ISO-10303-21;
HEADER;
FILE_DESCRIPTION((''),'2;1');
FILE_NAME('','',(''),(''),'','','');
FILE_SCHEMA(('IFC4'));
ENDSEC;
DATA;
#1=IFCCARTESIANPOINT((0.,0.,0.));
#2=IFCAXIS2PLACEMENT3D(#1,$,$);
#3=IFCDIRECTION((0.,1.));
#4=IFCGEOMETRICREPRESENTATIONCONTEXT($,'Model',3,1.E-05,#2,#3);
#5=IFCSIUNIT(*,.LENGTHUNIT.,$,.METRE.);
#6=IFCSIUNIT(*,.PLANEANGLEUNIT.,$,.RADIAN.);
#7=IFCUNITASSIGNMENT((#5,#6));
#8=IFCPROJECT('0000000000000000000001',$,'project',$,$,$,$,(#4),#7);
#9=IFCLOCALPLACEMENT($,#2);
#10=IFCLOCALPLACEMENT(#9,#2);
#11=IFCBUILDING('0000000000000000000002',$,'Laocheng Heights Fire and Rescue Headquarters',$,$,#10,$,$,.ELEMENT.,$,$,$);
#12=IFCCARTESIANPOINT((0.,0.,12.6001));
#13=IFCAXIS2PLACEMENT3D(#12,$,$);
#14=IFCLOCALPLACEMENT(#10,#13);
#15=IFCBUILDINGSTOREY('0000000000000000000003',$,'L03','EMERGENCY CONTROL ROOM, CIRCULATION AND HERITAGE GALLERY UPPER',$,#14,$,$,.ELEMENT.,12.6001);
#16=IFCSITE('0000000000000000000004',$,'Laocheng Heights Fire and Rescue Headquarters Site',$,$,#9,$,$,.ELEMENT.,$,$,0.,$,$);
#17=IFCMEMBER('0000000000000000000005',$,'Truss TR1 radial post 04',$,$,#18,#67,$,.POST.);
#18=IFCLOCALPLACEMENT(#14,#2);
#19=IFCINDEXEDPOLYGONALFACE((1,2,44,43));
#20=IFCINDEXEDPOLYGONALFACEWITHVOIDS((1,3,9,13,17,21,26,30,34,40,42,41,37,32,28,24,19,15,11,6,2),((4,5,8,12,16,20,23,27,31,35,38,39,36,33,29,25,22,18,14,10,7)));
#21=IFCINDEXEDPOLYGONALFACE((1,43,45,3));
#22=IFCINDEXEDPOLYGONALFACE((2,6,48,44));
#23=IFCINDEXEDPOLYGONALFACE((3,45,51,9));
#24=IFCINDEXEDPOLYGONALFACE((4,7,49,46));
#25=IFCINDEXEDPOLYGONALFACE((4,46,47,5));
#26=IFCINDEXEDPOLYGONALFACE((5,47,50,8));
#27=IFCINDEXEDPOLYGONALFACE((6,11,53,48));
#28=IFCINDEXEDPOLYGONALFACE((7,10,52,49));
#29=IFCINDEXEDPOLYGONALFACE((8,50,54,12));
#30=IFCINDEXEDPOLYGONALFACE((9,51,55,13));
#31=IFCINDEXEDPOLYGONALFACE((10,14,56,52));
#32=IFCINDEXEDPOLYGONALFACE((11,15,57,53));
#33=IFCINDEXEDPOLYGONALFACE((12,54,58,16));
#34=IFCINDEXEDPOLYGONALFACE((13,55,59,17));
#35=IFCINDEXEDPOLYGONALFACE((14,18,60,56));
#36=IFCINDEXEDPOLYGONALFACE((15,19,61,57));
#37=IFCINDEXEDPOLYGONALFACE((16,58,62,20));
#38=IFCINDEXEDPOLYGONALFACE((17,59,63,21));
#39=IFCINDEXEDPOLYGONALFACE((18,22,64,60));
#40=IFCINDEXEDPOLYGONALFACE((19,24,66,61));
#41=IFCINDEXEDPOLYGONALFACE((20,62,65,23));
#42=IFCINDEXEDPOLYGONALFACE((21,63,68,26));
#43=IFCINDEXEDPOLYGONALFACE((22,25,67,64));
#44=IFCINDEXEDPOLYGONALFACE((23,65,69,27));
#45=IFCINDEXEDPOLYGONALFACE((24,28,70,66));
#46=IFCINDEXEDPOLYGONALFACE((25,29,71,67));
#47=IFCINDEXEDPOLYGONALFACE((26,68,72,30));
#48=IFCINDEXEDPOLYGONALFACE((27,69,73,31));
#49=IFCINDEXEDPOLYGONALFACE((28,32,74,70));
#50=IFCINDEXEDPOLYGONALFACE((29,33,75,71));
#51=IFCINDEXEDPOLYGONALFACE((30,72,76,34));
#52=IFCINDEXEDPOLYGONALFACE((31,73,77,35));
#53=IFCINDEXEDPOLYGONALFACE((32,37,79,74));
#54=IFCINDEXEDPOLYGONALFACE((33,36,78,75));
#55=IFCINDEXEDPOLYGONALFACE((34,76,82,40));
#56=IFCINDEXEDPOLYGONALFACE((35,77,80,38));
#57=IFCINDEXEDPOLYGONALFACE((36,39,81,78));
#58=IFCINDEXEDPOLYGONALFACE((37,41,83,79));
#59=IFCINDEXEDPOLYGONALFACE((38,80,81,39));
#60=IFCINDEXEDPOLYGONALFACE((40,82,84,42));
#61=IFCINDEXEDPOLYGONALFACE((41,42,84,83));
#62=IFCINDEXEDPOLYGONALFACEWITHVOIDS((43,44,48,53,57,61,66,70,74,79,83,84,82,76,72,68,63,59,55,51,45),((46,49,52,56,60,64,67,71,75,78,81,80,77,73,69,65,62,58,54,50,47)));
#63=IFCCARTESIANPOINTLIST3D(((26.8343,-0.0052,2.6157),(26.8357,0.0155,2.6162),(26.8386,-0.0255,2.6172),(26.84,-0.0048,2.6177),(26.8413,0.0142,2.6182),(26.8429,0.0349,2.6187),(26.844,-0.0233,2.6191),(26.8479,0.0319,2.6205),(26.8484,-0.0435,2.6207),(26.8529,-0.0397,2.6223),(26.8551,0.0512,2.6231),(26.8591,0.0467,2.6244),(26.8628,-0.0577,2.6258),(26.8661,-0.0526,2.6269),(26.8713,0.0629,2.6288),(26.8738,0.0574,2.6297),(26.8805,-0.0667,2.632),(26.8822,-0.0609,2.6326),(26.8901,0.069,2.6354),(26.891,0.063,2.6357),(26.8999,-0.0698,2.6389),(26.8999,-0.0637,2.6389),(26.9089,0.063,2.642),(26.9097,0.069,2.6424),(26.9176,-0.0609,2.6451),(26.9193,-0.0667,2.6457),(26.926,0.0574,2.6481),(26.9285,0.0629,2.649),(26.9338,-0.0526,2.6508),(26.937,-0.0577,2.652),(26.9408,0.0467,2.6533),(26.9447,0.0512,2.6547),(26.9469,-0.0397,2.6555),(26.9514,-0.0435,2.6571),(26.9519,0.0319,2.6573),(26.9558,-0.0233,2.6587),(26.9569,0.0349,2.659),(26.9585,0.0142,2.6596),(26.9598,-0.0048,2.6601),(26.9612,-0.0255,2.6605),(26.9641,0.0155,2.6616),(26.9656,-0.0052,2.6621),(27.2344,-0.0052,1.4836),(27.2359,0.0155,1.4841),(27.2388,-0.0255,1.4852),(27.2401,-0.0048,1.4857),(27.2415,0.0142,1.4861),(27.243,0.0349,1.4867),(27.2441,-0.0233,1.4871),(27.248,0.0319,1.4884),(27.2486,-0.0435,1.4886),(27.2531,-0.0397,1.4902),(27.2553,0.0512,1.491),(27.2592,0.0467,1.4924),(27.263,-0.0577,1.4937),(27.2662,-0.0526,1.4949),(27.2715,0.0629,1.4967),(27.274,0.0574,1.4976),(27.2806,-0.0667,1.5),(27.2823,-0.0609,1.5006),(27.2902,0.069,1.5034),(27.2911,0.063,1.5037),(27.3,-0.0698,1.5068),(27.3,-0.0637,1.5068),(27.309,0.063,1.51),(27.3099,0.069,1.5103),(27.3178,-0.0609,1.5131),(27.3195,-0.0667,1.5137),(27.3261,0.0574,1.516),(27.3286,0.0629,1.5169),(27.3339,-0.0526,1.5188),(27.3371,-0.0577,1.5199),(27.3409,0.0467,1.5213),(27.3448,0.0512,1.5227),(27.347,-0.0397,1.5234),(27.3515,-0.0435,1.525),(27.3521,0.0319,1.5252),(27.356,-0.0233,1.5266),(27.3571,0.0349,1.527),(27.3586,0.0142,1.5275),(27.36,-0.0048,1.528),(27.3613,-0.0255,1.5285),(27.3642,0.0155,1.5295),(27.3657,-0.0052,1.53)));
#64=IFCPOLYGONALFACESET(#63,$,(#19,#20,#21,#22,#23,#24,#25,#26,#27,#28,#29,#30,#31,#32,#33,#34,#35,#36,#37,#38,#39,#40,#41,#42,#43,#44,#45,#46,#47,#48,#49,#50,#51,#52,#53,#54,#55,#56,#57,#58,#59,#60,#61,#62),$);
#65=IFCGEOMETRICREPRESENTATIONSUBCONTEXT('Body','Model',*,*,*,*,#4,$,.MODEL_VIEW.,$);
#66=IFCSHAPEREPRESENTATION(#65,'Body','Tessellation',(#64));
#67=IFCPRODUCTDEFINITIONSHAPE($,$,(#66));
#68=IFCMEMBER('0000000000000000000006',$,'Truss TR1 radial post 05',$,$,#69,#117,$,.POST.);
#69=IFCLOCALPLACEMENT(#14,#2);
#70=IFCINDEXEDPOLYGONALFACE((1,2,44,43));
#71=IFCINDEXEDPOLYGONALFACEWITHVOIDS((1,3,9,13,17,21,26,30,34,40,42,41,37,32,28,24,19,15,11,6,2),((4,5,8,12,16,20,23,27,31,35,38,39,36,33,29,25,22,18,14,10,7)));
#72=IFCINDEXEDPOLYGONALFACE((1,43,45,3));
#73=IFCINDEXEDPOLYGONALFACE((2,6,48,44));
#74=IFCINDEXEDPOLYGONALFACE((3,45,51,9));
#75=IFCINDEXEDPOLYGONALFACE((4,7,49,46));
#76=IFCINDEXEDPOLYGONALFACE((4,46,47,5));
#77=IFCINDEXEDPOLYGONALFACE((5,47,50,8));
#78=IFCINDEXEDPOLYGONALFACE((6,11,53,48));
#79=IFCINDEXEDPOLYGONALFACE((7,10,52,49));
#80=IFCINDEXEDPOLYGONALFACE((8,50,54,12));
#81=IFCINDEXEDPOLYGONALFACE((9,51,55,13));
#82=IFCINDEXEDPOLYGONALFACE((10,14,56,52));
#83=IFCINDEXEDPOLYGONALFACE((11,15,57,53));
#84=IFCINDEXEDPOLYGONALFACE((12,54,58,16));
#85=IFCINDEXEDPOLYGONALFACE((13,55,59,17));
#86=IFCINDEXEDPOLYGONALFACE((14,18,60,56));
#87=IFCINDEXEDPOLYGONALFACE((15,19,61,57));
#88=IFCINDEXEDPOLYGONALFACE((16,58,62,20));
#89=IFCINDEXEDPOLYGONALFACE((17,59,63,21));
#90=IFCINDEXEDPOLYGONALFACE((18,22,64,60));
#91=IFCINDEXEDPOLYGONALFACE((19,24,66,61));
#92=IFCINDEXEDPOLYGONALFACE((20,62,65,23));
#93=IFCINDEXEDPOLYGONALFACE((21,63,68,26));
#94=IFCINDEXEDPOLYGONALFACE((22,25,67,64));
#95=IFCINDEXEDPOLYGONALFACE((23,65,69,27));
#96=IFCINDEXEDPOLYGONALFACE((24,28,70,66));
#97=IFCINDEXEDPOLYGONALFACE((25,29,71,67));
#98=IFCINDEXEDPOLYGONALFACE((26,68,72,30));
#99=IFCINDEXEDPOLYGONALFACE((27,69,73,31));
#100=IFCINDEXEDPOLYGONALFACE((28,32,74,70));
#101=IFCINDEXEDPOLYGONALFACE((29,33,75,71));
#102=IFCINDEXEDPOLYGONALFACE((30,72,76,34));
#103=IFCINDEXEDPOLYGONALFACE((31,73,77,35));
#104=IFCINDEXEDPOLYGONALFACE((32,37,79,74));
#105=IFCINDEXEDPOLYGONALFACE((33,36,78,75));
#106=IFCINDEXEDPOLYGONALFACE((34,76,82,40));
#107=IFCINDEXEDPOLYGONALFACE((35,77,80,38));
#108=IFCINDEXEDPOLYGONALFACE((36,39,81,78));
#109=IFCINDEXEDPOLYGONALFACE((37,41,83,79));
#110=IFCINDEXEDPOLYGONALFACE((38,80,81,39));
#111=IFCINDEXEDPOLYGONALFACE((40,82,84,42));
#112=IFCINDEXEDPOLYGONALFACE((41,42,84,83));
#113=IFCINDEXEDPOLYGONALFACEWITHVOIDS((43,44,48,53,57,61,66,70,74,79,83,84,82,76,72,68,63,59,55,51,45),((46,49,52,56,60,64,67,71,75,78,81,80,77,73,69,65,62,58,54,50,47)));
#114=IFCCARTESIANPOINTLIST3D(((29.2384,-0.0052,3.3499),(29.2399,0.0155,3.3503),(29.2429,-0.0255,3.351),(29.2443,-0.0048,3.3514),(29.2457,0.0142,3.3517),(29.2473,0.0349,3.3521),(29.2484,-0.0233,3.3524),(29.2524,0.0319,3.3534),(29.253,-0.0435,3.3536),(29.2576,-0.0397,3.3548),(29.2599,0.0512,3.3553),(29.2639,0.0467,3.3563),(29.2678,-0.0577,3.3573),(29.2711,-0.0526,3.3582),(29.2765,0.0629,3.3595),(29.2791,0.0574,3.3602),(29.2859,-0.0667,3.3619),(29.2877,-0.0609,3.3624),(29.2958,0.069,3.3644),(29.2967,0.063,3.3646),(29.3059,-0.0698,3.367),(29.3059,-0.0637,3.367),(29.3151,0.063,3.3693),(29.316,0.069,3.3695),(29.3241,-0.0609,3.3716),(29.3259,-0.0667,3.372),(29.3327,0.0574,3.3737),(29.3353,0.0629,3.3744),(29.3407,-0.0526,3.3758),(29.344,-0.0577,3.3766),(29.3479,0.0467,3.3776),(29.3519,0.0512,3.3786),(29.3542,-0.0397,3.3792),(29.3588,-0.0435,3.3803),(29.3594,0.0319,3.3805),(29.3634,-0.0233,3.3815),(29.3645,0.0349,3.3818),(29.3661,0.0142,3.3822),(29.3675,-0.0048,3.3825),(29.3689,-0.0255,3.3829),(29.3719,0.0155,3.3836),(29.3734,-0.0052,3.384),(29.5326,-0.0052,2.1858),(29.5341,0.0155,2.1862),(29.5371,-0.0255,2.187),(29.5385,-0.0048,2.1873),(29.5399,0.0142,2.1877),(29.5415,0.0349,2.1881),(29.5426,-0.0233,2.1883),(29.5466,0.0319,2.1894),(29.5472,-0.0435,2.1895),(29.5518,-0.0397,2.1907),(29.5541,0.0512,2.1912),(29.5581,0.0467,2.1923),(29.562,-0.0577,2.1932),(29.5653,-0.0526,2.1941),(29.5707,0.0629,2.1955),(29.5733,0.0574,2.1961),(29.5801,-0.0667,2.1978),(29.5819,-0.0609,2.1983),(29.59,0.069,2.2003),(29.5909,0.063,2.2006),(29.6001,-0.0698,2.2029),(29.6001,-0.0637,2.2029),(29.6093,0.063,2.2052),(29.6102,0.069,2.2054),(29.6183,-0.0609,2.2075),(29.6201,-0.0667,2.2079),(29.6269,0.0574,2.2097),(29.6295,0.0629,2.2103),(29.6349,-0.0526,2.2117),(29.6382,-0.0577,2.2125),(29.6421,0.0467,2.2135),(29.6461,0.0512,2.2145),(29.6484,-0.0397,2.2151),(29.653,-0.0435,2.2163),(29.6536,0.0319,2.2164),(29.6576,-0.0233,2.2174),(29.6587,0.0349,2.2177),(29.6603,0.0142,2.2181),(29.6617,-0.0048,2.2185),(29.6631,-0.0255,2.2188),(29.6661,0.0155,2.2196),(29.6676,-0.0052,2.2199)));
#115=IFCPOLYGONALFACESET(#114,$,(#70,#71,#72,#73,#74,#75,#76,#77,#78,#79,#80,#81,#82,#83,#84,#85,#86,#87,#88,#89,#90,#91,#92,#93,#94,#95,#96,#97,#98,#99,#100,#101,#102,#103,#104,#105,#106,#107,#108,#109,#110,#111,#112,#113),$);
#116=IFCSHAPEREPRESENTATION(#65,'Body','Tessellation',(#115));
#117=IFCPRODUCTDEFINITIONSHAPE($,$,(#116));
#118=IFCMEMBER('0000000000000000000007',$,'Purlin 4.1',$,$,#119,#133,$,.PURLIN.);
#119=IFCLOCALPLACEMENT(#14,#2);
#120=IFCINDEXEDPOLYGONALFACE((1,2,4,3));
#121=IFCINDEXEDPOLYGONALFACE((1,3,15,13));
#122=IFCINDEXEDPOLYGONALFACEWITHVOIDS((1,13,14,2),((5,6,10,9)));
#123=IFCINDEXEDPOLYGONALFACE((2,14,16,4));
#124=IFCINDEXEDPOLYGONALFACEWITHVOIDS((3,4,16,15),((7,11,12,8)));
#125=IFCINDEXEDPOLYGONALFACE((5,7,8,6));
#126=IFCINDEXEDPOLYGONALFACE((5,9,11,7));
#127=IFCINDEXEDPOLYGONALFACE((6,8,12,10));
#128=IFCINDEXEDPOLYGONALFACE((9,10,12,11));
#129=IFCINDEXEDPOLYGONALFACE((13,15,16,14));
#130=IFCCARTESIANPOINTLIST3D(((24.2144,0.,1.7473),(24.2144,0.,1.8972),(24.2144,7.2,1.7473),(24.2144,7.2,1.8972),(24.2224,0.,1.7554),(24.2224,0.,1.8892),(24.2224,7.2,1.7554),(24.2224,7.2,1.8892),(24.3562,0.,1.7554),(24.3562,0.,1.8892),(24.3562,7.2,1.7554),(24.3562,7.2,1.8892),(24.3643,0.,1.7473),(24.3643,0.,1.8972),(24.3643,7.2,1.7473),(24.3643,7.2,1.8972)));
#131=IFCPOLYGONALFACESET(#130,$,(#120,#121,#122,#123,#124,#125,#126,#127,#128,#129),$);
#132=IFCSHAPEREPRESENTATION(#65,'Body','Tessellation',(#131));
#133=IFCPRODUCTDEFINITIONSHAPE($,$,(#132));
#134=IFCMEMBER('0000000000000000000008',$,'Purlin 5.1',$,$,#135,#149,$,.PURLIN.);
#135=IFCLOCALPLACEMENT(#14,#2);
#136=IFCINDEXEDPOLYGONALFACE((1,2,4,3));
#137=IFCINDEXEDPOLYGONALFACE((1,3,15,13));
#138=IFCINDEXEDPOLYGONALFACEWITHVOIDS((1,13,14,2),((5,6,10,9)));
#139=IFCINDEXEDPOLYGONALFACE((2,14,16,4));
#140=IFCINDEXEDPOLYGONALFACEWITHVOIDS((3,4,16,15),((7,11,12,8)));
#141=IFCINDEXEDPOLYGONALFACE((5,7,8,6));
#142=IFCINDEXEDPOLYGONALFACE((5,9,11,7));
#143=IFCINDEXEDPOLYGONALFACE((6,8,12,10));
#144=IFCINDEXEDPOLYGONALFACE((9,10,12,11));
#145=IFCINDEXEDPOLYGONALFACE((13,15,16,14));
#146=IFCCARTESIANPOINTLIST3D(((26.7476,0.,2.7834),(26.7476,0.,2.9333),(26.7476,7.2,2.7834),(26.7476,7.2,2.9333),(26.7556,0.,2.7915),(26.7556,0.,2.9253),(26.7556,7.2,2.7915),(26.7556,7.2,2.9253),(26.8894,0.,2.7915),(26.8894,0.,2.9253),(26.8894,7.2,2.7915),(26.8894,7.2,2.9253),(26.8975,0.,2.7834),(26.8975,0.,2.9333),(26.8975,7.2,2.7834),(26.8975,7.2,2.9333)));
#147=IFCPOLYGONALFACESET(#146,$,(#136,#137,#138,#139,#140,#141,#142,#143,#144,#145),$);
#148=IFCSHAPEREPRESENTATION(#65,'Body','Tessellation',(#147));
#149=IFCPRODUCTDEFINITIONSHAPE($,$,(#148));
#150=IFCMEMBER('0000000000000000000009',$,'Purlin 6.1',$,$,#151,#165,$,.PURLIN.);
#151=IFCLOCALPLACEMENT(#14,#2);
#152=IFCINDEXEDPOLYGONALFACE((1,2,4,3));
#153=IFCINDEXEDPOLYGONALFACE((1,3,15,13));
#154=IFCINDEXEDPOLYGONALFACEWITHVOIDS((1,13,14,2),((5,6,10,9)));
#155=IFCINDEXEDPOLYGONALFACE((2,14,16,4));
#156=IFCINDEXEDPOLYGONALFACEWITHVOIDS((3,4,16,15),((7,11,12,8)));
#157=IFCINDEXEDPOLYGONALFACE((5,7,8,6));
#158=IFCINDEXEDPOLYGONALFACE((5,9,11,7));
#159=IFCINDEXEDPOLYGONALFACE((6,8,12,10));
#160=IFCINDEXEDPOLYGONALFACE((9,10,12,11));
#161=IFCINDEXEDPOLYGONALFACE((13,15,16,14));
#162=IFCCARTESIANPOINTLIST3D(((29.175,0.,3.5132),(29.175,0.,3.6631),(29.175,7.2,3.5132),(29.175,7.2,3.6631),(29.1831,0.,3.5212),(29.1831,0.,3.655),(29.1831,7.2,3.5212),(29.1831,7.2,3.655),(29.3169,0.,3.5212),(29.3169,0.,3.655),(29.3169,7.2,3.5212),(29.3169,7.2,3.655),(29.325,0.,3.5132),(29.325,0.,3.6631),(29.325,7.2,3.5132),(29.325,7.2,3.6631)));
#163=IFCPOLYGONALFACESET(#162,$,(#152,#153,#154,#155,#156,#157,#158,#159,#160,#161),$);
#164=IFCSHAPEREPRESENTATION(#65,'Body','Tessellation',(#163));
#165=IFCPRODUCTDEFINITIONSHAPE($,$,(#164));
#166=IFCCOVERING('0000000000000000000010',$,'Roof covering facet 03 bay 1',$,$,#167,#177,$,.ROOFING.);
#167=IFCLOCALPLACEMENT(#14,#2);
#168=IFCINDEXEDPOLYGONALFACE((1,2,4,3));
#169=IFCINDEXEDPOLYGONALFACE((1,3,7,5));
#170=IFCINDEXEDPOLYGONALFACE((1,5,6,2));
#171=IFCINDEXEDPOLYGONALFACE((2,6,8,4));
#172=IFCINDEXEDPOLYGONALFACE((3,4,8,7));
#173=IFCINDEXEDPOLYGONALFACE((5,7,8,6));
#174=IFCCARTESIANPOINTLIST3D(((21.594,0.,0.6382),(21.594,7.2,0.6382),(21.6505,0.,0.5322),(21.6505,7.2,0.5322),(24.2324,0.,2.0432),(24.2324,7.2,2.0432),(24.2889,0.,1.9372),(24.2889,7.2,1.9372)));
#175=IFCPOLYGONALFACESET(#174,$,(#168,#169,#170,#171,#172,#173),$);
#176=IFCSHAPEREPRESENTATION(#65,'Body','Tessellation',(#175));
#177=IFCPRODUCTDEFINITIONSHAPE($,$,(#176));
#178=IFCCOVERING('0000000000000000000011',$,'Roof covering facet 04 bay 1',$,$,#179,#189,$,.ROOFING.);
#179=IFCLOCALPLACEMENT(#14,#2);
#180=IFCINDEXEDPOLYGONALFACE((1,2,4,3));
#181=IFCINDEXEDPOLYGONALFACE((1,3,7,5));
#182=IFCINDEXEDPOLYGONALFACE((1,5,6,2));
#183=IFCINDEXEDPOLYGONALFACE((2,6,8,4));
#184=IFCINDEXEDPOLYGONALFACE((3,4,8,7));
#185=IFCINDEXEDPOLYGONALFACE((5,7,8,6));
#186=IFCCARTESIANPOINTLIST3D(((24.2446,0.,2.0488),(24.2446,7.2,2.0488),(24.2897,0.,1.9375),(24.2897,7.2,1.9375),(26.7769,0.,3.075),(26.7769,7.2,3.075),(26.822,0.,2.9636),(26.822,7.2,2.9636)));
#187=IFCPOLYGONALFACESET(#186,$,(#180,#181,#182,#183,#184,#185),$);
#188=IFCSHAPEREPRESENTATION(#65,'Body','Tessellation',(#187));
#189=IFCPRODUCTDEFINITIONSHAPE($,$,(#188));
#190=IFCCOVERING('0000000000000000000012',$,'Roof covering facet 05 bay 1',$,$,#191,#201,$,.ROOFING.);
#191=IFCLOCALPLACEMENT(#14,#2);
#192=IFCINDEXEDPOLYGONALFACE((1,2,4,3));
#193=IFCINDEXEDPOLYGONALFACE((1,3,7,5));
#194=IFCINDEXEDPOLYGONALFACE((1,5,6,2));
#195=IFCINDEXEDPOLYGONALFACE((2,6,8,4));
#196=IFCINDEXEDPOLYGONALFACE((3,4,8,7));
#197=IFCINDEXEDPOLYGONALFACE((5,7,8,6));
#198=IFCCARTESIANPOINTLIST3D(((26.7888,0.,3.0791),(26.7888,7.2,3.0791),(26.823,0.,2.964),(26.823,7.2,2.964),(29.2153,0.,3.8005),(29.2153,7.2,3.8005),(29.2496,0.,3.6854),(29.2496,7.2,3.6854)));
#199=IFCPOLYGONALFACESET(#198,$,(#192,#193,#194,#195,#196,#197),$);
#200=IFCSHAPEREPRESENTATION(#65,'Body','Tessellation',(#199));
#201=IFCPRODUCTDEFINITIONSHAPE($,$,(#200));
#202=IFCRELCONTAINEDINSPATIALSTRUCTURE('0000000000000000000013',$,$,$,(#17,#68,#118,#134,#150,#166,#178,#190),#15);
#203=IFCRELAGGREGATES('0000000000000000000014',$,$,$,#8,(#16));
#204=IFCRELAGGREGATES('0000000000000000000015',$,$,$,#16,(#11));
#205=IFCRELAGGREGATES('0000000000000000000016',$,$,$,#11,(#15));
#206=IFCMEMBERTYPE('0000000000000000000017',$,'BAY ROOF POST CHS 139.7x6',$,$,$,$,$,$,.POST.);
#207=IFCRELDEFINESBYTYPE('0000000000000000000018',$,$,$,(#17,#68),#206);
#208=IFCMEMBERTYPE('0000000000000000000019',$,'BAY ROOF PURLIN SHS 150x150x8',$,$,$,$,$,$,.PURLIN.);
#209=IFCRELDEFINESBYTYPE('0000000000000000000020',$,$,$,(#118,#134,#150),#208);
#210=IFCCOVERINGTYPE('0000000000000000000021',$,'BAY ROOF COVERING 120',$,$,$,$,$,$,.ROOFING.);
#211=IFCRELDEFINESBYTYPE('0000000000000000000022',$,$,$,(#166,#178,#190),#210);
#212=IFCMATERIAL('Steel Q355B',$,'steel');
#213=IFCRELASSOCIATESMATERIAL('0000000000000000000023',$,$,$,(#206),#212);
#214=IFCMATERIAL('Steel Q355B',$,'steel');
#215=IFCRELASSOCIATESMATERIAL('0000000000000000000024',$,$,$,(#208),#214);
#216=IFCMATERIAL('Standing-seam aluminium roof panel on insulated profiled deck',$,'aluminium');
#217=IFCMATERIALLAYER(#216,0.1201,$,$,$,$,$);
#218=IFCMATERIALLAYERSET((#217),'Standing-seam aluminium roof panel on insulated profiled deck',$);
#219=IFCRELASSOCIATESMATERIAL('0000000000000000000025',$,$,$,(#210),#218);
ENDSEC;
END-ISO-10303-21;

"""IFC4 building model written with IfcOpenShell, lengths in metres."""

from ifc_helpers import new_model, si_unit, direction, frame, origin, origin_2d, place, context, subcontext, project, spatial, polyline, hollow_rectangle, hollow_circle, outline, extrude, material, layer, layer_set, material_profile, profile_set, type_object, element, save


model = new_model("IFC4")

# Units and contexts
model_context = context("Model", 3, precision=1e-05, world=origin(), true_north=direction((0.0, 1.0)))
body_context = subcontext(model_context, "Body", "Model", "MODEL_VIEW")
ifc_project = project(units=[si_unit("LENGTHUNIT", "METRE"), si_unit("PLANEANGLEUNIT", "RADIAN")], contexts=[model_context])

# Site, building, storey
site_placement = place(None, origin())
site = spatial("IfcSite", under=ifc_project, at=site_placement, Name="Laocheng Heights Fire and Rescue Headquarters Site", CompositionType="ELEMENT", RefElevation=0.0)
building_placement = place(site_placement, origin())
building = spatial("IfcBuilding", under=site, at=building_placement, Name="Laocheng Heights Fire and Rescue Headquarters", CompositionType="ELEMENT")
storey_placement = place(building_placement, frame((0.0, 0.0, 12.6001)))
storey = spatial("IfcBuildingStorey", under=building, at=storey_placement, Name="L03", Description="EMERGENCY CONTROL ROOM, CIRCULATION AND HERITAGE GALLERY UPPER", CompositionType="ELEMENT", Elevation=12.6001)

# Members
ifc_material_1 = material(Name="Steel Q355B", Category="steel")
ifc_material_profile_1 = material_profile(ifc_material_1, hollow_circle(Radius=0.0698, WallThickness=0.0061, at=origin_2d()), Name="CHS 139.7x6")
ifc_profile_set_1 = profile_set([ifc_material_profile_1], Name="Steel Q355B")
member_type_1 = type_object("IfcMemberType", Name="BAY ROOF POST CHS 139.7x6", PredefinedType="POST", material=ifc_profile_set_1)
for number, where, z_axis, x_axis, name in (
    (1, (27.3, 0.0, 1.5068), (-0.333256, 0.0, 0.942836), (0.0, -1.0, 0.0), "Truss TR1 radial post 04"),
    (2, (29.6001, 0.0, 2.2029), (-0.245023, 0.0, 0.969517), (0.0, -1.0, 0.0), "Truss TR1 radial post 05"),
):
    element("IfcMember", number, at=place(storey_placement, frame(where, z_axis=z_axis, x_axis=x_axis)), inside=storey, type_object=member_type_1, Name=name, PredefinedType="POST", context=body_context, shape_type="SweptSolid", body=[
        extrude(hollow_circle(Radius=0.0698, WallThickness=0.0061, at=origin_2d()), origin(), (0.0, 0.0, 1.0), 1.2007),
    ])
ifc_material_2 = material(Name="Steel Q355B", Category="steel")
ifc_material_profile_2 = material_profile(ifc_material_2, hollow_rectangle(XDim=0.1499, YDim=0.1499, WallThickness=0.0081, at=origin_2d()), Name="SHS 150x150x8")
ifc_profile_set_2 = profile_set([ifc_material_profile_2], Name="Steel Q355B")
member_type_2 = type_object("IfcMemberType", Name="BAY ROOF PURLIN SHS 150x150x8", PredefinedType="PURLIN", material=ifc_profile_set_2)
for number, where, z_axis, x_axis, name in (
    (3, (24.2893, 0.0, 1.8223), (0.0, 1.0, 0.0), (-1.0, 0.0, 0.0), "Purlin 4.1"),
    (4, (26.8225, 0.0, 2.8584), (0.0, 1.0, 0.0), (-1.0, 0.0, 0.0), "Purlin 5.1"),
    (5, (29.25, 0.0, 3.5881), (0.0, 1.0, 0.0), (-1.0, 0.0, 0.0), "Purlin 6.1"),
):
    element("IfcMember", number, at=place(storey_placement, frame(where, z_axis=z_axis, x_axis=x_axis)), inside=storey, type_object=member_type_2, Name=name, PredefinedType="PURLIN", context=body_context, shape_type="SweptSolid", body=[
        extrude(hollow_rectangle(XDim=0.1499, YDim=0.1499, WallThickness=0.0081, at=origin_2d()), origin(), (0.0, 0.0, 1.0), 7.2),
    ])

# Coverings
ifc_material_3 = material(Name="Standing-seam aluminium roof panel on insulated profiled deck", Category="aluminium")
ifc_layer = layer(ifc_material_3, 0.1201)
ifc_layer_set = layer_set([ifc_layer], Name="Standing-seam aluminium roof panel on insulated profiled deck")
covering_type = type_object("IfcCoveringType", Name="BAY ROOF COVERING 120", PredefinedType="ROOFING", material=ifc_layer_set)
covering_1_placement = place(storey_placement, frame((21.594, 0.0, 0.6382), z_axis=(-0.470033, 0.0, 0.882649), x_axis=(0.882649, 0.0, 0.470033)))
element("IfcCovering", 6, at=covering_1_placement, inside=storey, type_object=covering_type, Name="Roof covering facet 03 bay 1", PredefinedType="ROOFING", context=body_context, shape_type="SweptSolid", body=[
    extrude(outline(polyline([(0.0, 0.0), (2.9892, 0.0), (2.9892, 7.2), (0.0, 7.2), (0.0, 0.0)])), origin(), (0.0, 0.0, -1.0), 0.1201),
])
covering_2_placement = place(storey_placement, frame((24.2446, 0.0, 2.0488), z_axis=(-0.375562, 0.0, 0.926797), x_axis=(0.926797, 0.0, 0.375562)))
element("IfcCovering", 7, at=covering_2_placement, inside=storey, type_object=covering_type, Name="Roof covering facet 04 bay 1", PredefinedType="ROOFING", context=body_context, shape_type="SweptSolid", body=[
    extrude(outline(polyline([(0.0, 0.0), (2.7322, 0.0), (2.7322, 7.2), (0.0, 7.2), (0.0, 0.0)])), origin(), (0.0, 0.0, -1.0), 0.1201),
])
covering_3_placement = place(storey_placement, frame((26.7888, 0.0, 3.0791), z_axis=(-0.284985, 0.0, 0.958532), x_axis=(0.958532, 0.0, 0.284985)))
element("IfcCovering", 8, at=covering_3_placement, inside=storey, type_object=covering_type, Name="Roof covering facet 05 bay 1", PredefinedType="ROOFING", context=body_context, shape_type="SweptSolid", body=[
    extrude(outline(polyline([(0.0, 0.0), (2.5315, 0.0), (2.5315, 7.2), (0.0, 7.2), (0.0, 0.0)])), origin(), (0.0, 0.0, -1.0), 0.1201),
])

save(model, "model.ifc")
